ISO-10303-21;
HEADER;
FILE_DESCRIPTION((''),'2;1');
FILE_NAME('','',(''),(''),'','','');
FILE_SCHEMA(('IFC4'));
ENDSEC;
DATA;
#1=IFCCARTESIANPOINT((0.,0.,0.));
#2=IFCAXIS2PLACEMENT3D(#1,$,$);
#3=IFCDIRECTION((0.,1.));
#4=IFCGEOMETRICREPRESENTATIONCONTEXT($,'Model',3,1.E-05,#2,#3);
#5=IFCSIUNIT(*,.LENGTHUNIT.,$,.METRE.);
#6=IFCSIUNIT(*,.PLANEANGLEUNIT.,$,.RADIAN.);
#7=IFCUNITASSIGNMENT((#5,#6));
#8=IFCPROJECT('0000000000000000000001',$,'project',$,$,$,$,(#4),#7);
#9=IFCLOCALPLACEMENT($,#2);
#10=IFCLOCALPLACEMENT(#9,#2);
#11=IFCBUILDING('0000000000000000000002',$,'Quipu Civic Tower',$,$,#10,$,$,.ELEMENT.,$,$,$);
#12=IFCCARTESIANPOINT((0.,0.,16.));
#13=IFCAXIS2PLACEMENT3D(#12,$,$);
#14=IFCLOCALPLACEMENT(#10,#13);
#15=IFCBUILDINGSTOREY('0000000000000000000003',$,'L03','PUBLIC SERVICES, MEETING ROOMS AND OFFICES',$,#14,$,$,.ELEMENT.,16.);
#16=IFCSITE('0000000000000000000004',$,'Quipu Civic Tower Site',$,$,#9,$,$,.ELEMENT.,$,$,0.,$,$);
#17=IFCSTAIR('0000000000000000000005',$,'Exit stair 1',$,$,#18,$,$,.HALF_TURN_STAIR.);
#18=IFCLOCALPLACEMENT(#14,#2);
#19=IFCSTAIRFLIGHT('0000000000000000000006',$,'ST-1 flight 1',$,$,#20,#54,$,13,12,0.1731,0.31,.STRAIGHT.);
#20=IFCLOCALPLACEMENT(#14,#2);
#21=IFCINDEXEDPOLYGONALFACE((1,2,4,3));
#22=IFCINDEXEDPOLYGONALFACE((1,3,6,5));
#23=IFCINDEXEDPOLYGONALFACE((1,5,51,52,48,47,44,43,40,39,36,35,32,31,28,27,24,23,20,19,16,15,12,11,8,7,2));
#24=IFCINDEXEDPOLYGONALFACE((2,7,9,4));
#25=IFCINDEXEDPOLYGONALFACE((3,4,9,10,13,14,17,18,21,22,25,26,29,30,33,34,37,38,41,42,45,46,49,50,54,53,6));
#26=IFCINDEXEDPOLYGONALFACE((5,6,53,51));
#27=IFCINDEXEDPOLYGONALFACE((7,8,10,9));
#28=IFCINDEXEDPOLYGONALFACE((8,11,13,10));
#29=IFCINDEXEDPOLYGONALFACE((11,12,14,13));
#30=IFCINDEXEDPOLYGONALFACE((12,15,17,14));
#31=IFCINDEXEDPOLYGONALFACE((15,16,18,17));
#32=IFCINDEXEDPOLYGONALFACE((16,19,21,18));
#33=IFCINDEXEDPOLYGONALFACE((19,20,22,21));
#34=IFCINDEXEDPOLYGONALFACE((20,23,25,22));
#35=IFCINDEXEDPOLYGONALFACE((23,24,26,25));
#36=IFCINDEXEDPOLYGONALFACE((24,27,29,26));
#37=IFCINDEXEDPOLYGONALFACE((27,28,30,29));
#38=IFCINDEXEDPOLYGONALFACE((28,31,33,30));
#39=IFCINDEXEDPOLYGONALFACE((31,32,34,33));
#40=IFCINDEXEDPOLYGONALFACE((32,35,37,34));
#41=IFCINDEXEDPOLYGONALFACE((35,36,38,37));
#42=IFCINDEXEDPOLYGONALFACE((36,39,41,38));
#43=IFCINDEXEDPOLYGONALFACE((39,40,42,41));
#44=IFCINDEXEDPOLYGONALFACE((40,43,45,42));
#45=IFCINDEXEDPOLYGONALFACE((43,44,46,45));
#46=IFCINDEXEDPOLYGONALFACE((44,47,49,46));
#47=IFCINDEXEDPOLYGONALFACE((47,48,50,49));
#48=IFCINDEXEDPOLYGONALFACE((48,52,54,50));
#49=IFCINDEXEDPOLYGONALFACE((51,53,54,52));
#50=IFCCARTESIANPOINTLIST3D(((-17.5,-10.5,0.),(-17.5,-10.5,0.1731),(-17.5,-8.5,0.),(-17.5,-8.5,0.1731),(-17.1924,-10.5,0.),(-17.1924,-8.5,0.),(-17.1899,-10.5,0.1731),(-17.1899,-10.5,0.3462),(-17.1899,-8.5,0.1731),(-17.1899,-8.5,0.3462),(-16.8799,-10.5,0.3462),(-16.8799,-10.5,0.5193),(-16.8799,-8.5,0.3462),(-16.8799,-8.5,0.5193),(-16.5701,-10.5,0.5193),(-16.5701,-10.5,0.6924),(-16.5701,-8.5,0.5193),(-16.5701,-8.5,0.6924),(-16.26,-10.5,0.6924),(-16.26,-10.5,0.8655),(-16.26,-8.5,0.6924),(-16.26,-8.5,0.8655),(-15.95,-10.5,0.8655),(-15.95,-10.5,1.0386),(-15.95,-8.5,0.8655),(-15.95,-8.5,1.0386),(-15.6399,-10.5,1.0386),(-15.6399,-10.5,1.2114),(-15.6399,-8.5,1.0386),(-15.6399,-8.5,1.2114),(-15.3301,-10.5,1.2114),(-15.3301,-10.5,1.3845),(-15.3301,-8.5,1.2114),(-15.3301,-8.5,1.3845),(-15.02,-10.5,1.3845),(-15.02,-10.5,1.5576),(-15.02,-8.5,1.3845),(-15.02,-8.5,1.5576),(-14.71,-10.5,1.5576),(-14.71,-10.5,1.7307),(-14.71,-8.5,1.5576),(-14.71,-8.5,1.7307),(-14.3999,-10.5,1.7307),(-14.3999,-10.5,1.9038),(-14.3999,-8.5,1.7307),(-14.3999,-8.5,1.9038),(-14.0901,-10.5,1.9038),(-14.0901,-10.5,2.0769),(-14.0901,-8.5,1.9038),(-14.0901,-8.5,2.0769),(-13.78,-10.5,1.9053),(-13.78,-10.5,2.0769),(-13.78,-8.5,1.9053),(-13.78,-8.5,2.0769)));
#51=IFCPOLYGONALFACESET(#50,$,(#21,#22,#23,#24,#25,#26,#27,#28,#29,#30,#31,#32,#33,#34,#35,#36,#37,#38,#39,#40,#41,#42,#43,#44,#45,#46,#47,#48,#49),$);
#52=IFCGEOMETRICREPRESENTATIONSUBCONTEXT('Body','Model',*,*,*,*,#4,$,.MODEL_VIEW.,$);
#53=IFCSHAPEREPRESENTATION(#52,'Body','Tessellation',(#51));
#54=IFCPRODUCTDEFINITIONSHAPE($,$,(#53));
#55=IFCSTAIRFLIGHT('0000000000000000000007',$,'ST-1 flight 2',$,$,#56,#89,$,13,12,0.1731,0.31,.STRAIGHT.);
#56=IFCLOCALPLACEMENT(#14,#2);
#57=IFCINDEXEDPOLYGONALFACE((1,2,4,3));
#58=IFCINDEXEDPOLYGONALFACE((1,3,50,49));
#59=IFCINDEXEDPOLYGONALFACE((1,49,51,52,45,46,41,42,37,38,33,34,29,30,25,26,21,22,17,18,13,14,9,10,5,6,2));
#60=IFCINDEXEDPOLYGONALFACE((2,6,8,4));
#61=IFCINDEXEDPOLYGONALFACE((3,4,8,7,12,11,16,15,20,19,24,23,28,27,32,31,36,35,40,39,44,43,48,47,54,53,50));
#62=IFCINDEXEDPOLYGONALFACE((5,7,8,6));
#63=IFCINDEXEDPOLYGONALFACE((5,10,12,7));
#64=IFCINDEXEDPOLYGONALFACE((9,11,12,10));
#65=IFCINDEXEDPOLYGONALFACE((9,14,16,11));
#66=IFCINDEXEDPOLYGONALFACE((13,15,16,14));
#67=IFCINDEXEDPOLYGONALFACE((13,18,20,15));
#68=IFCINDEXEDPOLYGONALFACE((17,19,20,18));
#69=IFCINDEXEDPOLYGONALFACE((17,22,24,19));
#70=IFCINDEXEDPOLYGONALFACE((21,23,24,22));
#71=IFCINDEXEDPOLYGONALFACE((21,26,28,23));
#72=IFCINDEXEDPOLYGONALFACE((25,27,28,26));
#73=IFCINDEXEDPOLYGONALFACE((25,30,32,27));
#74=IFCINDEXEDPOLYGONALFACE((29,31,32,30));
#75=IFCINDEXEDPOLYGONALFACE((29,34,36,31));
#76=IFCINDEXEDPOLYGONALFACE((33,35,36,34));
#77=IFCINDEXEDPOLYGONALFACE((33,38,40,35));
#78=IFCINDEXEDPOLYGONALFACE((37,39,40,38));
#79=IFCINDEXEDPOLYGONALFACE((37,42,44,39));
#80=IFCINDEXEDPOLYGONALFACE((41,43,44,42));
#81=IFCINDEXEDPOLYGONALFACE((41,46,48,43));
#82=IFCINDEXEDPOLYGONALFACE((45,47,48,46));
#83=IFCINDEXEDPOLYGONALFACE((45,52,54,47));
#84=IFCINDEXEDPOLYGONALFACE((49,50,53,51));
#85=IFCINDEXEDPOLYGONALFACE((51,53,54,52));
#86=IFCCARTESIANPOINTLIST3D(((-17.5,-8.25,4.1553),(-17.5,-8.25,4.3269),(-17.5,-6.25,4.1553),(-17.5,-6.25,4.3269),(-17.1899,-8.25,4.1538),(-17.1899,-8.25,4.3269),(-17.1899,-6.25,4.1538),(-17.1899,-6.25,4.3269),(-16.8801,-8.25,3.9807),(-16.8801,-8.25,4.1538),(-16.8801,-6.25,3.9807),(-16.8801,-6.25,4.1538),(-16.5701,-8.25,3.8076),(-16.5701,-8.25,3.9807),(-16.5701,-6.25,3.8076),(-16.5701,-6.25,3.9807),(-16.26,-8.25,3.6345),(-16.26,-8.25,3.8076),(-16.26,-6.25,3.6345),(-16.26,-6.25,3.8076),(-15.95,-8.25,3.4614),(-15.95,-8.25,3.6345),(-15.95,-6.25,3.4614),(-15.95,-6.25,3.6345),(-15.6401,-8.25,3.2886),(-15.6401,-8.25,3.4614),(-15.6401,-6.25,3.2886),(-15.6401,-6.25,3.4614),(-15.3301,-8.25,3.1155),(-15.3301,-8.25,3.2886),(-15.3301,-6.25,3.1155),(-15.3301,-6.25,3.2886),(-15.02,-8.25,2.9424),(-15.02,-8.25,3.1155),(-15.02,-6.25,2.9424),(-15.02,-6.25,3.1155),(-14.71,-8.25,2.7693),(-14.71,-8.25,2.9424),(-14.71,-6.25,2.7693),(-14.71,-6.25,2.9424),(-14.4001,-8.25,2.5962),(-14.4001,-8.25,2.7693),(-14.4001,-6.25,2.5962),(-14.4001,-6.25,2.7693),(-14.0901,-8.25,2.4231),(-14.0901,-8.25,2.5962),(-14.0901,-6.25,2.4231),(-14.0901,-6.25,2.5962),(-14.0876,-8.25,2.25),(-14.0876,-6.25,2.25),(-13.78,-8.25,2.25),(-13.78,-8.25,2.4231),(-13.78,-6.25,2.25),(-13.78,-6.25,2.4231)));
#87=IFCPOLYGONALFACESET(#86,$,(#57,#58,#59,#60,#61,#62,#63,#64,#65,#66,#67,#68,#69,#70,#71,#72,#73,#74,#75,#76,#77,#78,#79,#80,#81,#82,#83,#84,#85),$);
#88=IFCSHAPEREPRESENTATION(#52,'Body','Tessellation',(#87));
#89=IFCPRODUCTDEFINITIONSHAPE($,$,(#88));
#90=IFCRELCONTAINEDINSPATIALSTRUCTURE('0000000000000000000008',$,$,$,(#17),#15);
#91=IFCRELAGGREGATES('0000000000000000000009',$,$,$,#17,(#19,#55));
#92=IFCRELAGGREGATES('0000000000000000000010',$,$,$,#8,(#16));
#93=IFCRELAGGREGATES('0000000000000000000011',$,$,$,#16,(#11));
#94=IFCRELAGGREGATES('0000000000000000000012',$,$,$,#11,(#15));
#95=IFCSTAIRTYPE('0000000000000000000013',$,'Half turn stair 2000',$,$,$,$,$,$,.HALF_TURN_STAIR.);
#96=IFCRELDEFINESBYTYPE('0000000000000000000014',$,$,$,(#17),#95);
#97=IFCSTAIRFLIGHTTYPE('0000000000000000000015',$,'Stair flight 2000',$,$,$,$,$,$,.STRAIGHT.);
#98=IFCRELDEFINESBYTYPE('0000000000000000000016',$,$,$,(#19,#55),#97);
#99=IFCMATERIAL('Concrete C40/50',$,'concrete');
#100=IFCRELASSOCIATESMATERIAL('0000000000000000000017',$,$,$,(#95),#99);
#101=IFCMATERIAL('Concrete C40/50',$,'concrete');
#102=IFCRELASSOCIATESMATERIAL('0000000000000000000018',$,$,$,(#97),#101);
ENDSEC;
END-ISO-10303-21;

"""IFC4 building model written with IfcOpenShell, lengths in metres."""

from ifc_helpers import new_model, si_unit, direction, frame, origin, place, context, subcontext, project, spatial, polyline, outline, extrude, material, type_object, element, aggregate, save


model = new_model("IFC4")

# Units and contexts
model_context = context("Model", 3, precision=1e-05, world=origin(), true_north=direction((0.0, 1.0)))
body_context = subcontext(model_context, "Body", "Model", "MODEL_VIEW")
ifc_project = project(units=[si_unit("LENGTHUNIT", "METRE"), si_unit("PLANEANGLEUNIT", "RADIAN")], contexts=[model_context])

# Site, building, storey
site_placement = place(None, origin())
site = spatial("IfcSite", under=ifc_project, at=site_placement, Name="Quipu Civic Tower Site", CompositionType="ELEMENT", RefElevation=0.0)
building_placement = place(site_placement, origin())
building = spatial("IfcBuilding", under=site, at=building_placement, Name="Quipu Civic Tower", CompositionType="ELEMENT")
storey_placement = place(building_placement, frame((0.0, 0.0, 16.0)))
storey = spatial("IfcBuildingStorey", under=building, at=storey_placement, Name="L03", Description="PUBLIC SERVICES, MEETING ROOMS AND OFFICES", CompositionType="ELEMENT", Elevation=16.0)

# Stair, stair flights
ifc_material_1 = material(Name="Concrete C40/50", Category="concrete")
stair_type = type_object("IfcStairType", Name="Half turn stair 2000", PredefinedType="HALF_TURN_STAIR", material=ifc_material_1)
stair_placement = place(storey_placement, origin())
stair = element("IfcStair", 1, at=stair_placement, inside=storey, type_object=stair_type, Name="Exit stair 1", PredefinedType="HALF_TURN_STAIR")
ifc_material_2 = material(Name="Concrete C40/50", Category="concrete")
stair_flight_type = type_object("IfcStairFlightType", Name="Stair flight 2000", PredefinedType="STRAIGHT", material=ifc_material_2)
stair_flight_1_placement = place(storey_placement, frame((-17.5, -9.5, 0.0), z_axis=(0.0, 0.0, 1.0), x_axis=(1.0, 0.0, 0.0)))
stair_flight_1 = element("IfcStairFlight", 2, at=stair_flight_1_placement, type_object=stair_flight_type, Name="ST-1 flight 1", NumberOfRisers=13, NumberOfTreads=12, PredefinedType="STRAIGHT", RiserHeight=0.1731, TreadLength=0.31, context=body_context, shape_type="SweptSolid", body=[
    extrude(outline(polyline([(0.0, 0.0), (0.0, 0.1731), (0.3101, 0.1731), (0.3101, 0.3462), (0.6201, 0.3462), (0.6201, 0.5193), (0.9299, 0.5193), (0.9299, 0.6924), (1.24, 0.6924), (1.24, 0.8655), (1.55, 0.8655), (1.55, 1.0386), (1.8601, 1.0386), (1.8601, 1.2114), (2.1699, 1.2114), (2.1699, 1.3845), (2.48, 1.3845), (2.48, 1.5576), (2.79, 1.5576), (2.79, 1.7307), (3.1001, 1.7307), (3.1001, 1.9038), (3.4099, 1.9038), (3.4099, 2.0769), (3.72, 2.0769), (3.72, 2.25), (3.72, 1.9053), (0.3076, 0.0), (0.0, 0.0)])), frame((0.0, 1.0, 0.0), z_axis=(0.0, -1.0, 0.0), x_axis=(1.0, 0.0, 0.0)), (0.0, 0.0, 1.0), 2.0),
])
stair_flight_2_placement = place(storey_placement, frame((-13.78, -7.25, 2.25), z_axis=(0.0, 0.0, 1.0), x_axis=(-1.0, 0.0, 0.0)))
stair_flight_2 = element("IfcStairFlight", 3, at=stair_flight_2_placement, type_object=stair_flight_type, Name="ST-1 flight 2", NumberOfRisers=13, NumberOfTreads=12, PredefinedType="STRAIGHT", RiserHeight=0.1731, TreadLength=0.31, context=body_context, shape_type="SweptSolid", body=[
    extrude(outline(polyline([(0.0, 0.0), (0.0, 0.1731), (0.3101, 0.1731), (0.3101, 0.3462), (0.6201, 0.3462), (0.6201, 0.5193), (0.9299, 0.5193), (0.9299, 0.6924), (1.24, 0.6924), (1.24, 0.8655), (1.55, 0.8655), (1.55, 1.0386), (1.8601, 1.0386), (1.8601, 1.2114), (2.1699, 1.2114), (2.1699, 1.3845), (2.48, 1.3845), (2.48, 1.5576), (2.79, 1.5576), (2.79, 1.7307), (3.1001, 1.7307), (3.1001, 1.9038), (3.4099, 1.9038), (3.4099, 2.0769), (3.72, 2.0769), (3.72, 2.25), (3.72, 1.9053), (0.3076, 0.0), (0.0, 0.0)])), frame((0.0, 1.0, 0.0), z_axis=(0.0, -1.0, 0.0), x_axis=(1.0, 0.0, 0.0)), (0.0, 0.0, 1.0), 2.0),
])
aggregate(stair, [stair_flight_1, stair_flight_2])

save(model, "model.ifc")
